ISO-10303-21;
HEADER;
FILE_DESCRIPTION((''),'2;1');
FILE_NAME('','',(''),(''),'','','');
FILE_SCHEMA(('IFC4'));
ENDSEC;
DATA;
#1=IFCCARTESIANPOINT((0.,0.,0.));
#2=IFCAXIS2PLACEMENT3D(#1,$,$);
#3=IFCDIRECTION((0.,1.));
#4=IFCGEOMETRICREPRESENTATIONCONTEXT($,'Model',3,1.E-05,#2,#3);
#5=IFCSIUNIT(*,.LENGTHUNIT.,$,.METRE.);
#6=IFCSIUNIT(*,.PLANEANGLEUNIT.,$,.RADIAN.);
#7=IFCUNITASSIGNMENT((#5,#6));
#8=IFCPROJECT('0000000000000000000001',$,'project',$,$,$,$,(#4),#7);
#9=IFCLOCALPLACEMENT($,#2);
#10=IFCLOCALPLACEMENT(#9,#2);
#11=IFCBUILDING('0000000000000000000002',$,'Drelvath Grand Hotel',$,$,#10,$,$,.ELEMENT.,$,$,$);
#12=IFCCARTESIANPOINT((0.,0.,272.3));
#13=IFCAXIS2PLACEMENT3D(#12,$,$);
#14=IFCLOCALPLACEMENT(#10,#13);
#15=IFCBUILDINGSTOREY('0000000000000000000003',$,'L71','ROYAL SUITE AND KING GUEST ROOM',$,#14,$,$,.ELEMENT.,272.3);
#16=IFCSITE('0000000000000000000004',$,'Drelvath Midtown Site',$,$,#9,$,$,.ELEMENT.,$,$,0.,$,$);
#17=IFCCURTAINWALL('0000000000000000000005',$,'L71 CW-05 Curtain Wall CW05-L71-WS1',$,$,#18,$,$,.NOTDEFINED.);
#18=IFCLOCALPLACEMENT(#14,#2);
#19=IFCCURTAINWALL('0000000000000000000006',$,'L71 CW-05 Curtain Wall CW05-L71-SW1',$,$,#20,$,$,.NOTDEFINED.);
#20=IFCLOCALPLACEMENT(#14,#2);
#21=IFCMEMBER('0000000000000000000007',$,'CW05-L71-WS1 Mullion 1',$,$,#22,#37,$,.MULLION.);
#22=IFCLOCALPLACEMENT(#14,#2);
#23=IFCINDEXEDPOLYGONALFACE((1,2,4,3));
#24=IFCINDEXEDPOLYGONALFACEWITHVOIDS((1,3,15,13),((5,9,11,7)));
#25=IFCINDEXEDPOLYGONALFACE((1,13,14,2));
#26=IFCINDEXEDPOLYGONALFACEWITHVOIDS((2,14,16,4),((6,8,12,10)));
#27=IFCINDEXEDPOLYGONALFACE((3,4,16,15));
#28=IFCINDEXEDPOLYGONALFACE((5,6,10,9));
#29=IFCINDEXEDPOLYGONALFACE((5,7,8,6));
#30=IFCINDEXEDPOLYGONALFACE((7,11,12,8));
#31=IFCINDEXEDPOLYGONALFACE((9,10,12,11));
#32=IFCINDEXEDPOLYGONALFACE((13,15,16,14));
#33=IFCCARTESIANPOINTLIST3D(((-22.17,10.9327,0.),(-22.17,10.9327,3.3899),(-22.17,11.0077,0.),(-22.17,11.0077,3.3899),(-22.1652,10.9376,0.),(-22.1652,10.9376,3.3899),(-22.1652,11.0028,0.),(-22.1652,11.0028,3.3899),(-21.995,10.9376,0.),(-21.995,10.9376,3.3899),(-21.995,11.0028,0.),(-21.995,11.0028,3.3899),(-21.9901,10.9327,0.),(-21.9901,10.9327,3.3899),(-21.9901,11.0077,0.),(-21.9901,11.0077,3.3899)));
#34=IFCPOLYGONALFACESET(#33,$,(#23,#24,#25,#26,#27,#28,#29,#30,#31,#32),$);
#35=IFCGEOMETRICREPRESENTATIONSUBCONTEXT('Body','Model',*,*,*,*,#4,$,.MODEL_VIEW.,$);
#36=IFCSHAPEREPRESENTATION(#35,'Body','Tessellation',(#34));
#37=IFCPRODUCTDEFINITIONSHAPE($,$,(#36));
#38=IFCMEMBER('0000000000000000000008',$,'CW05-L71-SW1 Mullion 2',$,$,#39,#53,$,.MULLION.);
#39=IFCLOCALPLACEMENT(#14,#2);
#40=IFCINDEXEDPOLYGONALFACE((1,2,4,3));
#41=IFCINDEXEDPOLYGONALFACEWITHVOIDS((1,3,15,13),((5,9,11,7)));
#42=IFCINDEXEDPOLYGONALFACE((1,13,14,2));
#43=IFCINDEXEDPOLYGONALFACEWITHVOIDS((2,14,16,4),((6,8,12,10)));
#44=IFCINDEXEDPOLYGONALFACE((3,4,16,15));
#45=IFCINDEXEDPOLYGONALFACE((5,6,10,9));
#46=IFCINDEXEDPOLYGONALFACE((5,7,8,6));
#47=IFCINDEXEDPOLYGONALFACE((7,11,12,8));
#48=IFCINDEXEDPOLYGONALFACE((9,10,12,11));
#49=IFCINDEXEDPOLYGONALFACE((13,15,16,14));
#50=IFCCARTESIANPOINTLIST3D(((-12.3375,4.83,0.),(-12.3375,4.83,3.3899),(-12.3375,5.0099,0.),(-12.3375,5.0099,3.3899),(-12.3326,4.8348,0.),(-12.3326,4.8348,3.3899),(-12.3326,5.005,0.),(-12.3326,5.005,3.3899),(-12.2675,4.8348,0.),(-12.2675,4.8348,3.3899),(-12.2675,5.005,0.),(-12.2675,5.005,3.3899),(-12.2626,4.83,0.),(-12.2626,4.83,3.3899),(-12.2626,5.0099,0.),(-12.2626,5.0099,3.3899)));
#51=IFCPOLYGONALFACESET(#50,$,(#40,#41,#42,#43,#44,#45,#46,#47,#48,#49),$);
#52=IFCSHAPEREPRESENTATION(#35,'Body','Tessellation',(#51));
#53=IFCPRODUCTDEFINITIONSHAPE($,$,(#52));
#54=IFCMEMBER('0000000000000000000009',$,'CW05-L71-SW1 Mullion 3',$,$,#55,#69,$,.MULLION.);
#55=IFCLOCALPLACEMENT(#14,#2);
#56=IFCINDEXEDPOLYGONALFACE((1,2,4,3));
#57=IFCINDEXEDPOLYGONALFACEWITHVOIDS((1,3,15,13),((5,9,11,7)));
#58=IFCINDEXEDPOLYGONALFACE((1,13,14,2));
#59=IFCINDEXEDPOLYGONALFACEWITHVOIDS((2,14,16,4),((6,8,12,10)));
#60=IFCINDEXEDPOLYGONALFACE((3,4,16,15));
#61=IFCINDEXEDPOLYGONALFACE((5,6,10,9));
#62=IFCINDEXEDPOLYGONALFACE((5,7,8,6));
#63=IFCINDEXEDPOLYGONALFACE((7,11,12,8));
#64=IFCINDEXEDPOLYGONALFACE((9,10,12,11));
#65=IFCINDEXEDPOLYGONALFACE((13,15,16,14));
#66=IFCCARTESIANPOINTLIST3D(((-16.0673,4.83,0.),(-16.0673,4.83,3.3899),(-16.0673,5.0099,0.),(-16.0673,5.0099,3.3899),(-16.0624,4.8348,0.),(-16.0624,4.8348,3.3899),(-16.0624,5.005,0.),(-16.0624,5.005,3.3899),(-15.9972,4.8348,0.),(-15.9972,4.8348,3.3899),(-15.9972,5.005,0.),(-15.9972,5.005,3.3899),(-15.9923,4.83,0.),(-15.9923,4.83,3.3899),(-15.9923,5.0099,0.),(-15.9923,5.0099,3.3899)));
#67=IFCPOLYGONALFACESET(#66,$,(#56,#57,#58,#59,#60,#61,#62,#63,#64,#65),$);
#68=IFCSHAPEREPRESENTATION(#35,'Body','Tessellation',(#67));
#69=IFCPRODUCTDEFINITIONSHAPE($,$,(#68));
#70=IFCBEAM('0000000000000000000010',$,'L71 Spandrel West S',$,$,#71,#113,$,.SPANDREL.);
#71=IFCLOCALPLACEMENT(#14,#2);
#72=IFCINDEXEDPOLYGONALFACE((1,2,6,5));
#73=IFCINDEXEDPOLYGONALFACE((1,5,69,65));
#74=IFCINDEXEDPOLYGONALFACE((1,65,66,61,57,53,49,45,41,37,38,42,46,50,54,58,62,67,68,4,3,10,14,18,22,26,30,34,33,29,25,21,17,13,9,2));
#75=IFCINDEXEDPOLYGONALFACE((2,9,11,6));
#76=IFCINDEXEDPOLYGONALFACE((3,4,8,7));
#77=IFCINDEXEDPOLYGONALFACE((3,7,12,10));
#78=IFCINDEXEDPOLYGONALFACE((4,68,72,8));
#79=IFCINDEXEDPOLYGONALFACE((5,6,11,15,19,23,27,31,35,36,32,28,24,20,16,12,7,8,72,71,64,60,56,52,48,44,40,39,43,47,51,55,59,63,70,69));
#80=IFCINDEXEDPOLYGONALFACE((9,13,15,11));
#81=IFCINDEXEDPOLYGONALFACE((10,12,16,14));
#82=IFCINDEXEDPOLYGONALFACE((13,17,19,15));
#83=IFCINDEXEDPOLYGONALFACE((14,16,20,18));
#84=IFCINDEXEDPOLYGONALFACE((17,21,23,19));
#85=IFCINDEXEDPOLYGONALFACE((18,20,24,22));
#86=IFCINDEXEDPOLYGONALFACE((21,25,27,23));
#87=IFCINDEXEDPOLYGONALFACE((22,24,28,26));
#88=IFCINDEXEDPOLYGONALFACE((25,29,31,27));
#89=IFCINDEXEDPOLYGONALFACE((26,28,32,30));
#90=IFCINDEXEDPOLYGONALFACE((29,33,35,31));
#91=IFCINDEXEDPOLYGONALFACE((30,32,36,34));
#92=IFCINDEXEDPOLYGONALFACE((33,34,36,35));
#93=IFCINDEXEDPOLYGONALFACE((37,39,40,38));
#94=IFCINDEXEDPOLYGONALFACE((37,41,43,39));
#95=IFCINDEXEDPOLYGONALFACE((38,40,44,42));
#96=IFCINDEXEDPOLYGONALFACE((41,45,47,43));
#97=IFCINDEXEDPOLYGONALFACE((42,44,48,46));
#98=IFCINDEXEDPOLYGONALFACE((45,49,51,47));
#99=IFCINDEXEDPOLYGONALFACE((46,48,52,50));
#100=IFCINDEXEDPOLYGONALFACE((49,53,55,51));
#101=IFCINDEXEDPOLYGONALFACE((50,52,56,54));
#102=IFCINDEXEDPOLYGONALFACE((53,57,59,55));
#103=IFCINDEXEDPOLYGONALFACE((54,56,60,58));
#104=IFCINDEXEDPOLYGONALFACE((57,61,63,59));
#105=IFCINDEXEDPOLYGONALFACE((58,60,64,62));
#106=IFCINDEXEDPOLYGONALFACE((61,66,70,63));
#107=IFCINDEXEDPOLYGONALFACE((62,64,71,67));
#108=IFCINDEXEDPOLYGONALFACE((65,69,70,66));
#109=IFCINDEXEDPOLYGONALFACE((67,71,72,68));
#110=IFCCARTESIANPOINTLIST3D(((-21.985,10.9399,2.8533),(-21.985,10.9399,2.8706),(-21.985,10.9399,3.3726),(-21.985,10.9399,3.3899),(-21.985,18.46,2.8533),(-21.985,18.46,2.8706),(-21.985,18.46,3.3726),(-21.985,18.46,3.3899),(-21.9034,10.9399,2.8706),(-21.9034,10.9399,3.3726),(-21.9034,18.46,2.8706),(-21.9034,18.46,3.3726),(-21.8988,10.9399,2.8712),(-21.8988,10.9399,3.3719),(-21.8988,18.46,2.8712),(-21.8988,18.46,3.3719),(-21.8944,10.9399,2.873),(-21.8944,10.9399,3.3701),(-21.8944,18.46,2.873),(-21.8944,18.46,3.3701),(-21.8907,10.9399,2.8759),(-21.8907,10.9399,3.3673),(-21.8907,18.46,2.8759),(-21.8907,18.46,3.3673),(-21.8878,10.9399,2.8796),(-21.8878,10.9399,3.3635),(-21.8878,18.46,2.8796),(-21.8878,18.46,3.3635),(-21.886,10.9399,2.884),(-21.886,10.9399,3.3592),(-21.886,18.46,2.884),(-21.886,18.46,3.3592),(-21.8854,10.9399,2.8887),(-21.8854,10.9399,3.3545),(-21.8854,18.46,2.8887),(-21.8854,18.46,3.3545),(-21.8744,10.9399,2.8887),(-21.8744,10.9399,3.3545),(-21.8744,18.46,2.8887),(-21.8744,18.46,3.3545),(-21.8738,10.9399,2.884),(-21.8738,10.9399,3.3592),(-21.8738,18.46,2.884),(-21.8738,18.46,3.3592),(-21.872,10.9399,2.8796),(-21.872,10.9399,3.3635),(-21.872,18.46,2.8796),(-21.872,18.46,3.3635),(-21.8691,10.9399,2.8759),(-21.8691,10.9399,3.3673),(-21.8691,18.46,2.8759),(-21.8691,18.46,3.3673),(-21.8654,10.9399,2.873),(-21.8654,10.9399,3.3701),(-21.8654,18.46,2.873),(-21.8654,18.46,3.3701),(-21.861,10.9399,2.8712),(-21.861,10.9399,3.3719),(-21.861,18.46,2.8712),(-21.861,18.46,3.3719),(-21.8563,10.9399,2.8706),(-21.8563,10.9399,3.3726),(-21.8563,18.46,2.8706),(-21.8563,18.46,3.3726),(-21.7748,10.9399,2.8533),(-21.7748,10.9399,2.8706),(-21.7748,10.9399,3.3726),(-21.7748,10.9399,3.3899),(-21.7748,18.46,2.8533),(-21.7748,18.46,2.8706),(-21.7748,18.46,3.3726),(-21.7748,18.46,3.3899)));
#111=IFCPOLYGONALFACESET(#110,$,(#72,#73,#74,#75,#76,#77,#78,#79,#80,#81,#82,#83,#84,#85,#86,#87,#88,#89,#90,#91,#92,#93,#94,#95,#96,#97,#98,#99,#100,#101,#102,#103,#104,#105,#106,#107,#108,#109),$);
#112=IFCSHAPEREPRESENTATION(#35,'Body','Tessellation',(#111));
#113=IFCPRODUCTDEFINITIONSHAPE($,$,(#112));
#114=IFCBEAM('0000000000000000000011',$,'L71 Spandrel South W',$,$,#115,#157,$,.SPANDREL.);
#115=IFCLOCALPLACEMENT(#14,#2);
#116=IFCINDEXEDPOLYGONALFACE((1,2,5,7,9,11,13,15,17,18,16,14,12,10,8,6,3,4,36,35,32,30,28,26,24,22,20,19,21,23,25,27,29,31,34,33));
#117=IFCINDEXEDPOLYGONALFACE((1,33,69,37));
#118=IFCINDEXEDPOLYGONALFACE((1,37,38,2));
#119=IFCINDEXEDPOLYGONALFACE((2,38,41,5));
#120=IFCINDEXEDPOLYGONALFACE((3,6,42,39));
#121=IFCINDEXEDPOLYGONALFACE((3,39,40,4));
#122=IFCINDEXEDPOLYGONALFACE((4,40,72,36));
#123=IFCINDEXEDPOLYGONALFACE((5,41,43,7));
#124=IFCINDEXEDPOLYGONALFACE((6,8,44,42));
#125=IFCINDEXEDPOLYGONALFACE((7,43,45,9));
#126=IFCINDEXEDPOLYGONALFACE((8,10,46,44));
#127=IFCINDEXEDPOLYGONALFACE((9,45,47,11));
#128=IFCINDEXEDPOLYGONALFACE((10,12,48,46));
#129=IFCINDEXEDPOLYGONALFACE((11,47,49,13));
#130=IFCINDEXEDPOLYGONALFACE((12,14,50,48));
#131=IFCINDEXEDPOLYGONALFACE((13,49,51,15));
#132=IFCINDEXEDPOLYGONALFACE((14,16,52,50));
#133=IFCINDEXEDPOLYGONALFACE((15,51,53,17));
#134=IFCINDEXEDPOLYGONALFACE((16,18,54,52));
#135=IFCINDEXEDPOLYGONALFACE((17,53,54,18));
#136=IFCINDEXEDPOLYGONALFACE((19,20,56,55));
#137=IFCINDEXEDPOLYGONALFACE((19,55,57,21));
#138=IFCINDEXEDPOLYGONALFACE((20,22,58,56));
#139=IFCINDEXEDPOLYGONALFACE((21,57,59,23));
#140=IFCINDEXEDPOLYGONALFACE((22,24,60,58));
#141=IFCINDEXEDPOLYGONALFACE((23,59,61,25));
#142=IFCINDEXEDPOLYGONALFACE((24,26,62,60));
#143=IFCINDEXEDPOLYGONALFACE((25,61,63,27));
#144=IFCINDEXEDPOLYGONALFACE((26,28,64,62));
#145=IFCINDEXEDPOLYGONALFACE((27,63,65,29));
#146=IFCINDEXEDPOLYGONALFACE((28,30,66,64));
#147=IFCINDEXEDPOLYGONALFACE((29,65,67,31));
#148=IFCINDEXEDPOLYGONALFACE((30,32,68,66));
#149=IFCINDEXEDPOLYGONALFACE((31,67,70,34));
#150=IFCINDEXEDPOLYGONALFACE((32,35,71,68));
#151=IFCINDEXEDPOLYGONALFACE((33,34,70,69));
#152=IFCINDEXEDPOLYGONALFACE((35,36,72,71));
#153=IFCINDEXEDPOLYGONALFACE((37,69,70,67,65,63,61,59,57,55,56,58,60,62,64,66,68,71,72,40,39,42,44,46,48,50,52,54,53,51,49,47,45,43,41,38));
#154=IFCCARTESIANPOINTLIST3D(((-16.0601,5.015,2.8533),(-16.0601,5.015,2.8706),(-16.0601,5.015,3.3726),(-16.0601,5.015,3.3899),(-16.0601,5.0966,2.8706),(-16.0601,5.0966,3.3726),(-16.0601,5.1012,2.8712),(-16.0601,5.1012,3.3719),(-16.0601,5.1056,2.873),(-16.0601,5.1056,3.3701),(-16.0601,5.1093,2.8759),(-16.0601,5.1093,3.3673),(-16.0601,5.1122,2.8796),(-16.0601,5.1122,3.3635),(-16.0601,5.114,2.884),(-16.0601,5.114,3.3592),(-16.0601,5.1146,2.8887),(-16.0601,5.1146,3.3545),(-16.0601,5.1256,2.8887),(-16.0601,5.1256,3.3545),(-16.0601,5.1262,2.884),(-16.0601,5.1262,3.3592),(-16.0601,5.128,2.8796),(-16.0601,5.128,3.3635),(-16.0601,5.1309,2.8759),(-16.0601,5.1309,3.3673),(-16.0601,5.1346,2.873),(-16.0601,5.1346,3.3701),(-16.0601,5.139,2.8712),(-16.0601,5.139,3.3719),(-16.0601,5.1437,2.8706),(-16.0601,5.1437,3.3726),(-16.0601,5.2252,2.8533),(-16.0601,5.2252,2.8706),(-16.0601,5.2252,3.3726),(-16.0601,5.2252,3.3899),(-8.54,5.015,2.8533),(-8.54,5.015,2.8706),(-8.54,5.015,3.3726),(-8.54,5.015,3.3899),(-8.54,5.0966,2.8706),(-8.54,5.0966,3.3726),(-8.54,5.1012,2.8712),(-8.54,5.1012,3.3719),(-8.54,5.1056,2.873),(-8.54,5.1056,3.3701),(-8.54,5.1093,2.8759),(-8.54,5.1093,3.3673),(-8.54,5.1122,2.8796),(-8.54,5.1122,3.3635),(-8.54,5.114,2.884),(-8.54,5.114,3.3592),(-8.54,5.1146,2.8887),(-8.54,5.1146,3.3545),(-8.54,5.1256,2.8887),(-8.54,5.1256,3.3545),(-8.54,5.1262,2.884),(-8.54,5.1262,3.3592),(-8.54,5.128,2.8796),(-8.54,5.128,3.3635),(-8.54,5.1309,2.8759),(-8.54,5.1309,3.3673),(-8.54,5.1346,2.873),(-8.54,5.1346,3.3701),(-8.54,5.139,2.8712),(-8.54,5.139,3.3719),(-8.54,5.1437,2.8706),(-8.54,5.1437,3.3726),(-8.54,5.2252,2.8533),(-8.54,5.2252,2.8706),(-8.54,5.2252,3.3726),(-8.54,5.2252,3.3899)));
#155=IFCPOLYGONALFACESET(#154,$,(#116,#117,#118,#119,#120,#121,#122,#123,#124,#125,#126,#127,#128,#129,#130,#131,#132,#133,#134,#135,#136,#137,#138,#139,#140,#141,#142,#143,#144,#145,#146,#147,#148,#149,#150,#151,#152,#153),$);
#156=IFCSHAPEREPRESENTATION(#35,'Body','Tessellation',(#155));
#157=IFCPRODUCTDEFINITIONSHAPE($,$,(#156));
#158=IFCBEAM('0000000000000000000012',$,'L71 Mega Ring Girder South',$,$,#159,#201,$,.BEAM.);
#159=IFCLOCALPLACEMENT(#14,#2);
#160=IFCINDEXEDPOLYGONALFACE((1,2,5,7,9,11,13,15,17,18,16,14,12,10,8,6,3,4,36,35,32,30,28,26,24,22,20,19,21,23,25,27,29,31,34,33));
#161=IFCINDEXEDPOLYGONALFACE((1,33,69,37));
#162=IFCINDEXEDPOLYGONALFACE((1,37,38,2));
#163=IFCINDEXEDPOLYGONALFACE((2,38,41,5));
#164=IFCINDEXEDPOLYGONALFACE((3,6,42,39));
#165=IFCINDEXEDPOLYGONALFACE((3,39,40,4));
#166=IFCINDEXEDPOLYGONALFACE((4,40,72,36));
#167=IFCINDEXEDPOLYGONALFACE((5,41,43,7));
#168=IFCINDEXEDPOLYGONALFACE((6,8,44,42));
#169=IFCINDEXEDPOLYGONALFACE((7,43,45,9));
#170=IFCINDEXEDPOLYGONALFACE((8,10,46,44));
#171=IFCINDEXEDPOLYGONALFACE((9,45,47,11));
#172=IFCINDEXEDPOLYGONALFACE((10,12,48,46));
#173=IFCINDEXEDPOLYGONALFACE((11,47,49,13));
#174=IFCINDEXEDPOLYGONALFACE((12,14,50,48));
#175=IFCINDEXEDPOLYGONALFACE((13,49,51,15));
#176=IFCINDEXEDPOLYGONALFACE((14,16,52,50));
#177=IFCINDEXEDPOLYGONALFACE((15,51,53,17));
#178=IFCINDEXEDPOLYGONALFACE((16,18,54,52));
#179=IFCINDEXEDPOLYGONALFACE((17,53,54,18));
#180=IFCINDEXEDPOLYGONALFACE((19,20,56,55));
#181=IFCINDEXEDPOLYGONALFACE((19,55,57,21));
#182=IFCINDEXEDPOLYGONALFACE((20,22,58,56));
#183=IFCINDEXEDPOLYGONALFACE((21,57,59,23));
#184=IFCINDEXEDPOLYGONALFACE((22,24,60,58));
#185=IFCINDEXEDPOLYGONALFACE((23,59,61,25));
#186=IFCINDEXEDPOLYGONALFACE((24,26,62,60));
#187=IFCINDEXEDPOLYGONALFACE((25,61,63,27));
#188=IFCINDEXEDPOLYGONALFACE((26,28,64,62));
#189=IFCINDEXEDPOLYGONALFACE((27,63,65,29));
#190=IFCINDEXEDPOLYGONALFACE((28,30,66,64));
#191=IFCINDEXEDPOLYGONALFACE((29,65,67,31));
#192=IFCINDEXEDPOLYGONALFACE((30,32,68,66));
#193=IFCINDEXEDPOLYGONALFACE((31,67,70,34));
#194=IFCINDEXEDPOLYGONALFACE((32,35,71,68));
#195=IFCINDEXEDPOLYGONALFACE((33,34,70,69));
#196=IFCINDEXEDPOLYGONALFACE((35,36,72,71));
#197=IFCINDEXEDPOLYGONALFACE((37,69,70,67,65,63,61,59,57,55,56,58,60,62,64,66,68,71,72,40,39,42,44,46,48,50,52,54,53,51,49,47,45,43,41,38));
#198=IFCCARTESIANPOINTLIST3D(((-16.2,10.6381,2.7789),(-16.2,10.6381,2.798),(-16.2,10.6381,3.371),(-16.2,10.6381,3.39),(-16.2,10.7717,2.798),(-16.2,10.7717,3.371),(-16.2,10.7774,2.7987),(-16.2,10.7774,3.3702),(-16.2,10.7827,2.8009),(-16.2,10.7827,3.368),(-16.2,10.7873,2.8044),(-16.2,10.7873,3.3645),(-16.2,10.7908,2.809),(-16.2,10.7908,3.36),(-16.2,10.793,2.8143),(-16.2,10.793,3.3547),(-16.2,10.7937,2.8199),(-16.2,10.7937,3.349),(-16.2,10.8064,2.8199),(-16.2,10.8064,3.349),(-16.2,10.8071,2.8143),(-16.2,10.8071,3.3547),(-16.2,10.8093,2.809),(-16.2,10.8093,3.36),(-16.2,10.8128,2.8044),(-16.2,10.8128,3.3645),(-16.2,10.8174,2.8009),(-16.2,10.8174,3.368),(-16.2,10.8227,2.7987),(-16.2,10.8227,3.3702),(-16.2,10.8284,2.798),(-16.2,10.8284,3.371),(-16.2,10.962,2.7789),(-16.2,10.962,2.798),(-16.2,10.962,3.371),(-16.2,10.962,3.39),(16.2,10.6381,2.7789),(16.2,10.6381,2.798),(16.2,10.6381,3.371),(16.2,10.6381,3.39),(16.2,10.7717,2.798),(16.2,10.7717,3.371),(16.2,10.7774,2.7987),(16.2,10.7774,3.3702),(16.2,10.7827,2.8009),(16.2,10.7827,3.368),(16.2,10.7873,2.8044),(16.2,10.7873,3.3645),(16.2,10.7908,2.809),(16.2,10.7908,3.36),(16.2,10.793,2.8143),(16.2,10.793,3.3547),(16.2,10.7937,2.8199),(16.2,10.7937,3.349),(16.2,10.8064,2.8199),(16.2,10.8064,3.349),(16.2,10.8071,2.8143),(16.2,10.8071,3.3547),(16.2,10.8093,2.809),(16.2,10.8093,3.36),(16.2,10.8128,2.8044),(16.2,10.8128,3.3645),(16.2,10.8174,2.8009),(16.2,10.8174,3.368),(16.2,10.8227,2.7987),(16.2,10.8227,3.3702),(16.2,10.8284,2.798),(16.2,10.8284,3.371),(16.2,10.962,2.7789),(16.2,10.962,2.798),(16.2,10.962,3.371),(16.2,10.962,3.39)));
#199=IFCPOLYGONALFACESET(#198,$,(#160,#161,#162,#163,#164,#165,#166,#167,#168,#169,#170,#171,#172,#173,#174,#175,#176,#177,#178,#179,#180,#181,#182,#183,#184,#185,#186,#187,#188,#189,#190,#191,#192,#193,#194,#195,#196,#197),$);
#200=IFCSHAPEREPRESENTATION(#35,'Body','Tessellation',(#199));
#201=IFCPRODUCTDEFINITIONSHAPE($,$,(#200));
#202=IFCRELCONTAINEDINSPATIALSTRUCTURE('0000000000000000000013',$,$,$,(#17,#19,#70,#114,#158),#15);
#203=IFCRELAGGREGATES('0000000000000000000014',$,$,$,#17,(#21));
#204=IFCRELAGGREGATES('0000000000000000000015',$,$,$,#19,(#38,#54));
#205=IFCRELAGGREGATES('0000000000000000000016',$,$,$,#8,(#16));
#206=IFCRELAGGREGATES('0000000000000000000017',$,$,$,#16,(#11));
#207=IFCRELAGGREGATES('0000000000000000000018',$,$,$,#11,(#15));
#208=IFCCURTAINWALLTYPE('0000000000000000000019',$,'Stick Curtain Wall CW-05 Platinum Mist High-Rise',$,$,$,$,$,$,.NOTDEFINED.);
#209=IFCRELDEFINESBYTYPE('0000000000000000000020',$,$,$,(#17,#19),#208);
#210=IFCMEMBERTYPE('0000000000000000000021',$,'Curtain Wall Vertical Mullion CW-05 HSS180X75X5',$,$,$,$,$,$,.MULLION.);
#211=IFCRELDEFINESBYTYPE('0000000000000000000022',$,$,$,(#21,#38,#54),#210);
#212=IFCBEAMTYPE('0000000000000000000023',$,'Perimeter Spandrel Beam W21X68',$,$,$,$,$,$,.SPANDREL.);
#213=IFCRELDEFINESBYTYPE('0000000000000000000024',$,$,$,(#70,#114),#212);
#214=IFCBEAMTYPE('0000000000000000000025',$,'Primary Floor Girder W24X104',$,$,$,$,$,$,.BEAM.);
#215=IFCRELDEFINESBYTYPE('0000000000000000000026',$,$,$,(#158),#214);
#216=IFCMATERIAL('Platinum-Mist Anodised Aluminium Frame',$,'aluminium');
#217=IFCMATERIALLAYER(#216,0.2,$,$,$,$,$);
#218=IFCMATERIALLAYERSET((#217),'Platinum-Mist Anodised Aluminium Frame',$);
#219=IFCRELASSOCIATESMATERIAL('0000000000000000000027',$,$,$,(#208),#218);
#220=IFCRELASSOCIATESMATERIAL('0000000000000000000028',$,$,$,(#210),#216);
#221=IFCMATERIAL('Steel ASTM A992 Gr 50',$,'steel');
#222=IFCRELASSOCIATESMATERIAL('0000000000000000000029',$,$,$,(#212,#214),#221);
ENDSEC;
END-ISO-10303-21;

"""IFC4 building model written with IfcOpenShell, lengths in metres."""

from ifc_helpers import new_model, si_unit, direction, frame, origin, origin_2d, place, context, subcontext, project, spatial, hollow_rectangle, i_section, extrude, material, layer, layer_set, material_profile, profile_set, type_object, element, aggregate, save


model = new_model("IFC4")

# Units and contexts
model_context = context("Model", 3, precision=1e-05, world=origin(), true_north=direction((0.0, 1.0)))
body_context = subcontext(model_context, "Body", "Model", "MODEL_VIEW")
ifc_project = project(units=[si_unit("LENGTHUNIT", "METRE"), si_unit("PLANEANGLEUNIT", "RADIAN")], contexts=[model_context])

# Site, building, storey
site_placement = place(None, origin())
site = spatial("IfcSite", under=ifc_project, at=site_placement, Name="Drelvath Midtown Site", CompositionType="ELEMENT", RefElevation=0.0)
building_placement = place(site_placement, origin())
building = spatial("IfcBuilding", under=site, at=building_placement, Name="Drelvath Grand Hotel", CompositionType="ELEMENT")
storey_placement = place(building_placement, frame((0.0, 0.0, 272.3)))
storey = spatial("IfcBuildingStorey", under=building, at=storey_placement, Name="L71", Description="ROYAL SUITE AND KING GUEST ROOM", CompositionType="ELEMENT", Elevation=272.3)

# Shared definitions
ifc_material_1 = material(Name="Steel ASTM A992 Gr 50", Category="steel")

# Curtain walls
ifc_material_2 = material(Name="Platinum-Mist Anodised Aluminium Frame", Category="aluminium")
ifc_layer_1 = layer(ifc_material_2, 0.2)
ifc_layer_set_1 = layer_set([ifc_layer_1], Name="Platinum-Mist Anodised Aluminium Frame")
curtain_wall_type = type_object("IfcCurtainWallType", Name="Stick Curtain Wall CW-05 Platinum Mist High-Rise", PredefinedType="NOTDEFINED", material=ifc_layer_set_1)
curtain_wall_1_placement = place(storey_placement, origin())
curtain_wall_1 = element("IfcCurtainWall", 1, at=curtain_wall_1_placement, inside=storey, type_object=curtain_wall_type, Name="L71 CW-05 Curtain Wall CW05-L71-WS1", PredefinedType="NOTDEFINED")
curtain_wall_2_placement = place(storey_placement, origin())
curtain_wall_2 = element("IfcCurtainWall", 2, at=curtain_wall_2_placement, inside=storey, type_object=curtain_wall_type, Name="L71 CW-05 Curtain Wall CW05-L71-SW1", PredefinedType="NOTDEFINED")

# Members
ifc_material_profile_1 = material_profile(ifc_material_2, hollow_rectangle(XDim=0.075, YDim=0.1799, WallThickness=0.0049, at=origin_2d()), Name="HSS180X75X5")
ifc_profile_set_1 = profile_set([ifc_material_profile_1], Name="Platinum-Mist Anodised Aluminium Frame")
member_type_1 = type_object("IfcMemberType", Name="Curtain Wall Vertical Mullion CW-05 HSS180X75X5", PredefinedType="MULLION", material=ifc_profile_set_1)
member_1_placement = place(storey_placement, frame((-22.0801, 10.9702, 0.0), z_axis=(0.0, 0.0, 1.0), x_axis=(0.0, 1.0, 0.0)))
member_1 = element("IfcMember", 3, at=member_1_placement, type_object=member_type_1, Name="CW05-L71-WS1 Mullion 1", PredefinedType="MULLION", context=body_context, shape_type="SweptSolid", body=[
    extrude(hollow_rectangle(XDim=0.075, YDim=0.1799, WallThickness=0.0049, at=origin_2d()), origin(), (0.0, 0.0, 1.0), 3.3899),
])
member_2_placement = place(storey_placement, frame((-12.3, 4.9199, 0.0), z_axis=(0.0, 0.0, 1.0), x_axis=(1.0, 0.0, 0.0)))
member_2 = element("IfcMember", 4, at=member_2_placement, type_object=member_type_1, Name="CW05-L71-SW1 Mullion 2", PredefinedType="MULLION", context=body_context, shape_type="SweptSolid", body=[
    extrude(hollow_rectangle(XDim=0.075, YDim=0.1799, WallThickness=0.0049, at=origin_2d()), origin(), (0.0, 0.0, 1.0), 3.3899),
])
member_3_placement = place(storey_placement, frame((-16.0298, 4.9199, 0.0), z_axis=(0.0, 0.0, 1.0), x_axis=(1.0, 0.0, 0.0)))
member_3 = element("IfcMember", 5, at=member_3_placement, type_object=member_type_1, Name="CW05-L71-SW1 Mullion 3", PredefinedType="MULLION", context=body_context, shape_type="SweptSolid", body=[
    extrude(hollow_rectangle(XDim=0.075, YDim=0.1799, WallThickness=0.0049, at=origin_2d()), origin(), (0.0, 0.0, 1.0), 3.3899),
])

# Beams
ifc_material_profile_2 = material_profile(ifc_material_1, i_section(OverallWidth=0.2102, OverallDepth=0.5366, WebThickness=0.011, FlangeThickness=0.0173, FilletRadius=0.0181, at=origin_2d()), Name="W21X68")
ifc_profile_set_2 = profile_set([ifc_material_profile_2], Name="Steel ASTM A992 Gr 50")
beam_type_1 = type_object("IfcBeamType", Name="Perimeter Spandrel Beam W21X68", PredefinedType="SPANDREL", material=ifc_profile_set_2)
for number, where, z_axis, x_axis, name in (
    (6, (-21.8799, 10.9399, 3.1216), (0.0, 1.0, 0.0), (-1.0, 0.0, 0.0), "L71 Spandrel West S"),
    (7, (-16.0601, 5.1201, 3.1216), (1.0, 0.0, 0.0), (0.0, 1.0, 0.0), "L71 Spandrel South W"),
):
    element("IfcBeam", number, at=place(storey_placement, frame(where, z_axis=z_axis, x_axis=x_axis)), inside=storey, type_object=beam_type_1, Name=name, PredefinedType="SPANDREL", context=body_context, shape_type="SweptSolid", body=[
        extrude(i_section(OverallWidth=0.2102, OverallDepth=0.5366, WebThickness=0.011, FlangeThickness=0.0173, FilletRadius=0.0181, at=origin_2d()), origin(), (0.0, 0.0, 1.0), 7.52),
    ])
ifc_material_profile_3 = material_profile(ifc_material_1, i_section(OverallWidth=0.324, OverallDepth=0.6111, WebThickness=0.0127, FlangeThickness=0.019, FilletRadius=0.022, at=origin_2d()), Name="W24X104")
ifc_profile_set_3 = profile_set([ifc_material_profile_3], Name="Steel ASTM A992 Gr 50")
beam_type_2 = type_object("IfcBeamType", Name="Primary Floor Girder W24X104", PredefinedType="BEAM", material=ifc_profile_set_3)
for number, where, z_axis, x_axis, name in (
    (8, (-16.2, 10.8, 3.0845), (1.0, 0.0, 0.0), (0.0, 1.0, 0.0), "L71 Mega Ring Girder South"),
):
    element("IfcBeam", number, at=place(storey_placement, frame(where, z_axis=z_axis, x_axis=x_axis)), inside=storey, type_object=beam_type_2, Name=name, PredefinedType="BEAM", context=body_context, shape_type="SweptSolid", body=[
        extrude(i_section(OverallWidth=0.324, OverallDepth=0.6111, WebThickness=0.0127, FlangeThickness=0.019, FilletRadius=0.022, at=origin_2d()), origin(), (0.0, 0.0, 1.0), 32.3999),
    ])

aggregate(curtain_wall_1, [member_1])
aggregate(curtain_wall_2, [member_2, member_3])

save(model, "model.ifc")
